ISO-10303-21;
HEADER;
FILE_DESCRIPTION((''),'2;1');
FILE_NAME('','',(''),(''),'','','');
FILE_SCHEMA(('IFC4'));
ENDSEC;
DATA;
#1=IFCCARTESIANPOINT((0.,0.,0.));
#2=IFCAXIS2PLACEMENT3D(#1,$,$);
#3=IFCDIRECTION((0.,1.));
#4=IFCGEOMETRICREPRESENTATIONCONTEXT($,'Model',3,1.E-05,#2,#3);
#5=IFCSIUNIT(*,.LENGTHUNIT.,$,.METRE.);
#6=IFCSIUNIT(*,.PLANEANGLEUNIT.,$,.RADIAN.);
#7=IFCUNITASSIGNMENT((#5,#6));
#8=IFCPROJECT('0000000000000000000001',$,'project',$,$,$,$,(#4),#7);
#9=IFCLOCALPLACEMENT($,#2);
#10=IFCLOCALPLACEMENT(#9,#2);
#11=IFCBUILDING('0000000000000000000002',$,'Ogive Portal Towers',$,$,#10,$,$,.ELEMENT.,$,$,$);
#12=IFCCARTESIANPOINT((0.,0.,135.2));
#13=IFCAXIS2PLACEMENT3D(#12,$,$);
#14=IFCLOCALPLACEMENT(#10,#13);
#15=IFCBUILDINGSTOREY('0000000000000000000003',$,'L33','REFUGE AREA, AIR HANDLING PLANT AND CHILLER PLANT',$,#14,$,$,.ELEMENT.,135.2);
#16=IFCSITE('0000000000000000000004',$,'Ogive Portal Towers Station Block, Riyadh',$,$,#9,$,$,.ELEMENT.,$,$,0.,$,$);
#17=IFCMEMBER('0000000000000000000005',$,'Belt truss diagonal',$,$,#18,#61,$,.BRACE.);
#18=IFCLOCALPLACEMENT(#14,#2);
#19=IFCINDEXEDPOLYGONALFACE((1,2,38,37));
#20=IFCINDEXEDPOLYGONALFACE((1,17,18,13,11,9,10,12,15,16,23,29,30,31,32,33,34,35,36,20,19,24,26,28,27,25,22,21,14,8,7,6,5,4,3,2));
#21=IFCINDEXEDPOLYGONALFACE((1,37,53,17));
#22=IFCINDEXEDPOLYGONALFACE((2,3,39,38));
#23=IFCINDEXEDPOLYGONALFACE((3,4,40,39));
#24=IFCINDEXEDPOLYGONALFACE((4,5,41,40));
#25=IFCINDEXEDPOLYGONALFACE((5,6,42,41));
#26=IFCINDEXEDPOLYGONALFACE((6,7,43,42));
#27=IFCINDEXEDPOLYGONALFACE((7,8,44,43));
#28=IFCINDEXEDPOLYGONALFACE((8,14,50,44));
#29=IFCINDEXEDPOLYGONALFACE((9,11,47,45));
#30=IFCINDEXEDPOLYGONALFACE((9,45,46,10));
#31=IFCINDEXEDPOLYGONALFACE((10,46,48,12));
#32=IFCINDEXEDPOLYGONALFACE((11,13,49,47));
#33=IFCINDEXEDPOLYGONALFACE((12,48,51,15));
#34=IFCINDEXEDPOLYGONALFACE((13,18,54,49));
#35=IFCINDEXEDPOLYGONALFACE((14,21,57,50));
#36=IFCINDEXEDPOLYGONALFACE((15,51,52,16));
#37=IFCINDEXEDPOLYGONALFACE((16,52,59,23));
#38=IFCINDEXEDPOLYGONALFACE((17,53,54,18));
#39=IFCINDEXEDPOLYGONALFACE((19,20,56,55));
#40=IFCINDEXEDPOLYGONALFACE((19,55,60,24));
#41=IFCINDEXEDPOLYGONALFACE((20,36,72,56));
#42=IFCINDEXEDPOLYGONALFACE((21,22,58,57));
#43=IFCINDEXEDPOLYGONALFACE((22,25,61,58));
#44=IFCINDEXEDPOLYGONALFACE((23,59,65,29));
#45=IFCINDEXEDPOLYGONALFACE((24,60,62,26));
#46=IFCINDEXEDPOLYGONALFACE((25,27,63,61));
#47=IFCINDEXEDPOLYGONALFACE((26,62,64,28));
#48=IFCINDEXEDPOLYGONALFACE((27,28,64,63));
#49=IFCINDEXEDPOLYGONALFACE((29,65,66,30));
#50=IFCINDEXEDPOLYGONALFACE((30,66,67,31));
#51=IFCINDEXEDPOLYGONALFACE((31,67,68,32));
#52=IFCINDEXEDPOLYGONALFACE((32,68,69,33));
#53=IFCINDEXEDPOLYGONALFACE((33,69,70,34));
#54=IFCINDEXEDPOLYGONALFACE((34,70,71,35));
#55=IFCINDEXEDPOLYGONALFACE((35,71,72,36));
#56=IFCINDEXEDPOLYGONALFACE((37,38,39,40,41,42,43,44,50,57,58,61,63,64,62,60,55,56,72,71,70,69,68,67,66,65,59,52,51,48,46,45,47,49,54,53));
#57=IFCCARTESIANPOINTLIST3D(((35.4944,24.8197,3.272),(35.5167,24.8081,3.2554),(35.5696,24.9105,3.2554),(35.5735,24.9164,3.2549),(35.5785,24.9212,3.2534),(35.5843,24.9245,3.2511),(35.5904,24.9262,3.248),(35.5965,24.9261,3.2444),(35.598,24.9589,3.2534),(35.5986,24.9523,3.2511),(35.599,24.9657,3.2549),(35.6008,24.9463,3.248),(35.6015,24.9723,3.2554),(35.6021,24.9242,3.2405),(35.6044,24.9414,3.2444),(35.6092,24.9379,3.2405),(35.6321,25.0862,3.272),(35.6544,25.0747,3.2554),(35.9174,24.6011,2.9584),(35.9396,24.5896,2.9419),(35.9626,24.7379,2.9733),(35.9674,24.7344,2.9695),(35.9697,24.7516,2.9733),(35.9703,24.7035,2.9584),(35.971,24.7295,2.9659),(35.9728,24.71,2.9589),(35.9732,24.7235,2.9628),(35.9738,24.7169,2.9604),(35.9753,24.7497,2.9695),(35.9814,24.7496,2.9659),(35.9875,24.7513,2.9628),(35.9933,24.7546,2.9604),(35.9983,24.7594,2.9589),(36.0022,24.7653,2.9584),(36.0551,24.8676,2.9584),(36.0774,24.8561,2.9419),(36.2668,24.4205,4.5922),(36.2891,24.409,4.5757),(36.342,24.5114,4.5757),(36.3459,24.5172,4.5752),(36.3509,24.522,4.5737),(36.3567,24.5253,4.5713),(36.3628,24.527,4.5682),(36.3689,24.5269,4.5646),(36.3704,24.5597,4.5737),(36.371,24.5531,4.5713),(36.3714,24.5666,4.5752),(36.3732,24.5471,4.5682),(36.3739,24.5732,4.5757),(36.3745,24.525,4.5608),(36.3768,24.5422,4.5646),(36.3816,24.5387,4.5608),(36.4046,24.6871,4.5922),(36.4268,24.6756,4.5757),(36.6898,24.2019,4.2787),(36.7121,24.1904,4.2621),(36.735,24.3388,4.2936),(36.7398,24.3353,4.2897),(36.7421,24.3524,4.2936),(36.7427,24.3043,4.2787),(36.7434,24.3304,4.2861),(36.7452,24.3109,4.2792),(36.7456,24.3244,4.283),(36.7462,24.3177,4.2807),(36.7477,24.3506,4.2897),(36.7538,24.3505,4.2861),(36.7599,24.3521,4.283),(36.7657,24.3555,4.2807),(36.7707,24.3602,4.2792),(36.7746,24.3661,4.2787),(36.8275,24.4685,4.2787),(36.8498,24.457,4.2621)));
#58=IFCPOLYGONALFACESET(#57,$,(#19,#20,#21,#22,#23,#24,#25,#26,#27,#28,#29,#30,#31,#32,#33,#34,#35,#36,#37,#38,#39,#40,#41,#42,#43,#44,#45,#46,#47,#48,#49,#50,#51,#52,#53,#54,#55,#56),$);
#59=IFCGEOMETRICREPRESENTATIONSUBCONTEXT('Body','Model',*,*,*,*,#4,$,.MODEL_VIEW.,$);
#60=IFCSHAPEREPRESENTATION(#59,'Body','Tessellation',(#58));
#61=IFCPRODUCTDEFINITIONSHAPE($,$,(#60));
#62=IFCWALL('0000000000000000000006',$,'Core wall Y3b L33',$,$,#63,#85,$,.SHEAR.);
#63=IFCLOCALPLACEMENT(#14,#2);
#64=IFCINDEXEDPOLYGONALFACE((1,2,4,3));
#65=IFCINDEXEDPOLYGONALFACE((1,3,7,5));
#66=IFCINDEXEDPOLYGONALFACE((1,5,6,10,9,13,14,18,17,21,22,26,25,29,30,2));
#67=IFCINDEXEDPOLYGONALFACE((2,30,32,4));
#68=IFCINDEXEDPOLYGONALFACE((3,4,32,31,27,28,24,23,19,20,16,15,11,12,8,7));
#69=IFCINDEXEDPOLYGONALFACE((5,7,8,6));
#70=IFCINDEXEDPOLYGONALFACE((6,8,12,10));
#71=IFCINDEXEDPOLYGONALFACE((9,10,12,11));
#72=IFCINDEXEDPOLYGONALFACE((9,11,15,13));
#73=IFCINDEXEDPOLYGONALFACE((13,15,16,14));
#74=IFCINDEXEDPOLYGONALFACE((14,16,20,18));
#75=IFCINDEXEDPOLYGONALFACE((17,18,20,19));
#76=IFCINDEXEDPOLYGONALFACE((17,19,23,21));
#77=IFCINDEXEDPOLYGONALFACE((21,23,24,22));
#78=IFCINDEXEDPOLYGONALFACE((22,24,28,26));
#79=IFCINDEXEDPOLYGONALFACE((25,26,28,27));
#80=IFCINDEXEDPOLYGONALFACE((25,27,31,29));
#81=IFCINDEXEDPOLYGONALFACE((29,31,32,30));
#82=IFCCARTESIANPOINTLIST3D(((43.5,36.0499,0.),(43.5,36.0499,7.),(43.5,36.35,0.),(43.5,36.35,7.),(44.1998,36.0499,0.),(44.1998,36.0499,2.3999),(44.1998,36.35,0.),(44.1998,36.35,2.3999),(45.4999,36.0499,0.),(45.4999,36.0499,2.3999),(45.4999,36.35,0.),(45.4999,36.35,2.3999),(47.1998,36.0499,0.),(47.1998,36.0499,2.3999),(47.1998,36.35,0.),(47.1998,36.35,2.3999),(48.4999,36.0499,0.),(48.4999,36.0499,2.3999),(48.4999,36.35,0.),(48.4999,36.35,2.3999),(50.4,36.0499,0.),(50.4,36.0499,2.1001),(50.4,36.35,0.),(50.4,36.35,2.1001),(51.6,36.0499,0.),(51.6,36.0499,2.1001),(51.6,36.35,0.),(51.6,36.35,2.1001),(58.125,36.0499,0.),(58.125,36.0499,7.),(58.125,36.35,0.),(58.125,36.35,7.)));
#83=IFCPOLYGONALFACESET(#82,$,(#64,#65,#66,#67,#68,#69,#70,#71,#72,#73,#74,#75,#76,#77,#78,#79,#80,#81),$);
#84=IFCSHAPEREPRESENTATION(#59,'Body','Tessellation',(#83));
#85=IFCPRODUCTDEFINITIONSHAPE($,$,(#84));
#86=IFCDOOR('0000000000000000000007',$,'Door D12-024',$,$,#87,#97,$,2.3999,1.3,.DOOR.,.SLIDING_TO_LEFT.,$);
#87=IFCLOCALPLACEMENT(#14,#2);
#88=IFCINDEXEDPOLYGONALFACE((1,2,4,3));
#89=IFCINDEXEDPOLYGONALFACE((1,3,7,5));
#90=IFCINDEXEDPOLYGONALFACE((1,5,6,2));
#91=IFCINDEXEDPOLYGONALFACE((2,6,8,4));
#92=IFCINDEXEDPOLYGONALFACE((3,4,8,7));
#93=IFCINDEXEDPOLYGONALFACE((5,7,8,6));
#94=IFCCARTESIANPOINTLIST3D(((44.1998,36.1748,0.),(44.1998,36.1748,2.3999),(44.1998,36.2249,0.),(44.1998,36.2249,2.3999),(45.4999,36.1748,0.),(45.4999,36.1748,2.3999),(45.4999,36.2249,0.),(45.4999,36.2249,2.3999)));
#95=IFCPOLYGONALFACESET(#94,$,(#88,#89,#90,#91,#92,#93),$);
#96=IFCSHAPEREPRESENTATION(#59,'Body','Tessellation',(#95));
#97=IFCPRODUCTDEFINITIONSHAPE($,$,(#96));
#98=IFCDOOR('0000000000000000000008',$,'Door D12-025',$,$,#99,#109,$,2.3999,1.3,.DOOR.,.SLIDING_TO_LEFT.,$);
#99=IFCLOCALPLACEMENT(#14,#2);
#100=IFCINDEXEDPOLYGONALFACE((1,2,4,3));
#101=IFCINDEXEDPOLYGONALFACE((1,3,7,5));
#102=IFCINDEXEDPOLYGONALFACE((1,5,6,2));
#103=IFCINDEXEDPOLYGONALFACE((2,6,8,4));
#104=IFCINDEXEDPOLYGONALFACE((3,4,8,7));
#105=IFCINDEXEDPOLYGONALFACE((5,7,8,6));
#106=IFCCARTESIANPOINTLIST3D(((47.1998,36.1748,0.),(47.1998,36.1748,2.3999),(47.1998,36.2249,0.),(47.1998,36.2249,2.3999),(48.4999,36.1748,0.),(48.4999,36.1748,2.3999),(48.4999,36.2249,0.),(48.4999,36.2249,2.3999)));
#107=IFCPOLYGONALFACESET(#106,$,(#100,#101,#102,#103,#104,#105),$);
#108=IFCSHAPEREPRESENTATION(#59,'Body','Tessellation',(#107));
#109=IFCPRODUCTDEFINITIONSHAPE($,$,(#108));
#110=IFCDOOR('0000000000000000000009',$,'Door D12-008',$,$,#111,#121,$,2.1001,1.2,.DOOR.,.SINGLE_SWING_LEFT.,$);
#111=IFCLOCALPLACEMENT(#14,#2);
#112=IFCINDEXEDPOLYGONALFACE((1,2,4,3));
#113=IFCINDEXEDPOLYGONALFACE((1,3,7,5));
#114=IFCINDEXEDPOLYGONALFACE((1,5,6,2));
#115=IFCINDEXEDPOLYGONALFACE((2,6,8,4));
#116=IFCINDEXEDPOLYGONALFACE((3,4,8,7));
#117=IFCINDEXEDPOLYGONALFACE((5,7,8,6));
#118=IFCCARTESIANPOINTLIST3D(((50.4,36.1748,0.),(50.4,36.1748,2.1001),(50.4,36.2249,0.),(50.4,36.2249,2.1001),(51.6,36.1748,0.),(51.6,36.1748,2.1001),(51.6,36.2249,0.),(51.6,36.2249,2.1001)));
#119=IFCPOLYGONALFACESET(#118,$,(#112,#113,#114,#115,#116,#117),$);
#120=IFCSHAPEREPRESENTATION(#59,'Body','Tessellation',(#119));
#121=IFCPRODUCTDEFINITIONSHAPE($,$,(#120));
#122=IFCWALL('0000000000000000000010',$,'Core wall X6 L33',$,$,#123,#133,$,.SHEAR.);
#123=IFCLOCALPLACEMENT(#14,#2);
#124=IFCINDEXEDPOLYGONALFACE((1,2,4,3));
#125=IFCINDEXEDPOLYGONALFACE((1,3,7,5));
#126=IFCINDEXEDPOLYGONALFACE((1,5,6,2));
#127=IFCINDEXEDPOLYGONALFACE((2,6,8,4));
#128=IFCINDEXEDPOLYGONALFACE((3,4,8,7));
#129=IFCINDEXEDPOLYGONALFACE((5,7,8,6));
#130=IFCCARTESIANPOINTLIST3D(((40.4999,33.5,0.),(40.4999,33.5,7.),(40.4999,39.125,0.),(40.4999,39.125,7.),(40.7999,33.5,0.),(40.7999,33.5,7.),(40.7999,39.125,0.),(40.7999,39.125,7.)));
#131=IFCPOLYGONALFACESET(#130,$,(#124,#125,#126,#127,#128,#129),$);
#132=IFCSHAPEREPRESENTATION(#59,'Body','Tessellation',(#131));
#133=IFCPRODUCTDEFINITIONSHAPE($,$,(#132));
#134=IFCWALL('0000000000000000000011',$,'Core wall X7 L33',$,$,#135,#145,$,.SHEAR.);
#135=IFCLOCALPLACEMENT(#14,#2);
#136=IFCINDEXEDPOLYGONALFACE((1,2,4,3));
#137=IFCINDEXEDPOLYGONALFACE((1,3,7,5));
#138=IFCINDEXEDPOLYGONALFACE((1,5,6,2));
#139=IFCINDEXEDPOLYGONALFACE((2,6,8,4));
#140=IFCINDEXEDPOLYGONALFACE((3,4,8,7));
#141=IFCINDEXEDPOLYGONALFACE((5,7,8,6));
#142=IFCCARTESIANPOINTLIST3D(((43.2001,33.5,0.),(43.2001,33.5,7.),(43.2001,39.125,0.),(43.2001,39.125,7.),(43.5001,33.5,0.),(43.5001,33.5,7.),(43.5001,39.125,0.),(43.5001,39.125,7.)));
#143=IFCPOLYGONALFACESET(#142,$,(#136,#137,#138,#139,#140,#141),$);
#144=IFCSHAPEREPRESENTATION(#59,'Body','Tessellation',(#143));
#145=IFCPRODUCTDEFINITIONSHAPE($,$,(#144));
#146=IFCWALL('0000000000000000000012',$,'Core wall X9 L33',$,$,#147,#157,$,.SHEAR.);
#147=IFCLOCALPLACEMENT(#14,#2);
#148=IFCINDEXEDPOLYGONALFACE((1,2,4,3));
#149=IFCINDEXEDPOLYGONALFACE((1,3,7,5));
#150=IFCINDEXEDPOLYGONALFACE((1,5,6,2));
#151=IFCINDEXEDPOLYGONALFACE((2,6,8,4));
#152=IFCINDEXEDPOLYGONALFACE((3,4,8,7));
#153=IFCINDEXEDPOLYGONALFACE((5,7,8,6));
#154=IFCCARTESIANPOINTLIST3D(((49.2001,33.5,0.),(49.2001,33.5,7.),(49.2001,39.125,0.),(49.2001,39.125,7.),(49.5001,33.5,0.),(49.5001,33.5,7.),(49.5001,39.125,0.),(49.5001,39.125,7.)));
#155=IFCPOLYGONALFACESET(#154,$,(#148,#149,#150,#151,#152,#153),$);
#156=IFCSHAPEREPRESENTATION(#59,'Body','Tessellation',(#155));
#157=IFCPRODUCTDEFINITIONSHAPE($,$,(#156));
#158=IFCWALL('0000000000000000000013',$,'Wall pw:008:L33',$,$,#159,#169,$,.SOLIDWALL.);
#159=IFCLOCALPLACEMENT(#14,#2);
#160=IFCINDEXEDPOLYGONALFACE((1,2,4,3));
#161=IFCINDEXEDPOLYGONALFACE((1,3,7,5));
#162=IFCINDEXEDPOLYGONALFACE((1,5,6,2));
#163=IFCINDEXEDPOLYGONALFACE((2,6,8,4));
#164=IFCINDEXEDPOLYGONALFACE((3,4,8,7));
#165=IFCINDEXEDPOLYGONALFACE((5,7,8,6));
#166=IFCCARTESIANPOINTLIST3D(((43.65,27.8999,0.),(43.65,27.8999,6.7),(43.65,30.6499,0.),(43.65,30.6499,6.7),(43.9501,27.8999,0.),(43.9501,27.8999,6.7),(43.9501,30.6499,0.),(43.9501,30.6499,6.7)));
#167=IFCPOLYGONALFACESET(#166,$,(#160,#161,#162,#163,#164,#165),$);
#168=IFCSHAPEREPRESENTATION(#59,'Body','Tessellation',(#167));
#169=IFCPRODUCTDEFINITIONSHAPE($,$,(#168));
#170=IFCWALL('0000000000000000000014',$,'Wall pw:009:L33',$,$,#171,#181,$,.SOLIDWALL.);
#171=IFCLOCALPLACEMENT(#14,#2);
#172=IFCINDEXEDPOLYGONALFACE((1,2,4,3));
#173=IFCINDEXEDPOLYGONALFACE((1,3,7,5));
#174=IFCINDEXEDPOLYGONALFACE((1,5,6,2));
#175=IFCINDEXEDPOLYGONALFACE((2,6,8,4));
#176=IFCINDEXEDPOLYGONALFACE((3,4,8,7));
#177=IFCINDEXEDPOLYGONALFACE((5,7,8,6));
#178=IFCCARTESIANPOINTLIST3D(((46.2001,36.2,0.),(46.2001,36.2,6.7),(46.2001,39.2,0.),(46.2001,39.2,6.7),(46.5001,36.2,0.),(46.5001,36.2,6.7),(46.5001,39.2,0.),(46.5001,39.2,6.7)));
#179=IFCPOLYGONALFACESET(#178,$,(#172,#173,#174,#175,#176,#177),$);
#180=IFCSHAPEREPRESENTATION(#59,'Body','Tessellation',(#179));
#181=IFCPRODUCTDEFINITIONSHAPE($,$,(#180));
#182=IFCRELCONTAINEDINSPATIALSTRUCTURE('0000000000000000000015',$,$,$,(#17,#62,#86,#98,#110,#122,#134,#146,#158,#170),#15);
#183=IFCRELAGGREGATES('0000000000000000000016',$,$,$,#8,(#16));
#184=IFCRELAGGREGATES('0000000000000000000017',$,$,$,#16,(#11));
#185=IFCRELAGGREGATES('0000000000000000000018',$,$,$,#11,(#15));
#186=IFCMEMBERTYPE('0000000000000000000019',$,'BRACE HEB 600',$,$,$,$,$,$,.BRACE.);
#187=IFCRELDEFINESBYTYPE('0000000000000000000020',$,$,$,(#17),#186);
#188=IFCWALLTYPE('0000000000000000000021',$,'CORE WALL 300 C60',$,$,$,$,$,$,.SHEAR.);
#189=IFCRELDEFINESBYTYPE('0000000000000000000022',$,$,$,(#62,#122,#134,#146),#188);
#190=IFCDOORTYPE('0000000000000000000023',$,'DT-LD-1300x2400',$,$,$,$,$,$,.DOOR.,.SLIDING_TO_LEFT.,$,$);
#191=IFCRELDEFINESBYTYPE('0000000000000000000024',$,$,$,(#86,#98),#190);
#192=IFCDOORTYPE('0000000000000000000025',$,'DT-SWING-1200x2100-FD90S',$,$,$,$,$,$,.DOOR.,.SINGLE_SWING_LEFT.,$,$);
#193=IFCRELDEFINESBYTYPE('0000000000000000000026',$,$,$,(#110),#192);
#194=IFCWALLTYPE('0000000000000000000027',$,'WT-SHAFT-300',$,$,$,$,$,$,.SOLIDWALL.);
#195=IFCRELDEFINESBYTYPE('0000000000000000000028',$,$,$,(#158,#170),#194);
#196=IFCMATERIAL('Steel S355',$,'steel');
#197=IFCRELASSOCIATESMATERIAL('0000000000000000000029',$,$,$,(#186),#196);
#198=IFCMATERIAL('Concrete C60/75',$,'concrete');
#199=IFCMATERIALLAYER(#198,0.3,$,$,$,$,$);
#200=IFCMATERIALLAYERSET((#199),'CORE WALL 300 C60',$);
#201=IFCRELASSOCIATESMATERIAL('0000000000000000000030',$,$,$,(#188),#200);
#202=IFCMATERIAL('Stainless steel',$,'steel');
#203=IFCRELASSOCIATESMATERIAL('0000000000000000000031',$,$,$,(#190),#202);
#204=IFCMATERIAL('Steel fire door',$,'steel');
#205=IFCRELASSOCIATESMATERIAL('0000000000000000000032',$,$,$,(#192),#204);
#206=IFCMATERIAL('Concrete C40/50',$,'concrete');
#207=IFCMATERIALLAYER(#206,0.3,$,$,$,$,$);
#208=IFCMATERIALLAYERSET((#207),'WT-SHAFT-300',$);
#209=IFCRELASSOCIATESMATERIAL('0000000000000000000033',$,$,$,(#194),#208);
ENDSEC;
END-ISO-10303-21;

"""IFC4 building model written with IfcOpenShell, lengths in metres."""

from ifc_helpers import new_model, si_unit, direction, frame, frame_2d, origin, origin_2d, place, context, subcontext, project, spatial, rectangle, i_section, extrude, material, layer, layer_set, material_profile, profile_set, type_object, element, fill, save


model = new_model("IFC4")

# Units and contexts
model_context = context("Model", 3, precision=1e-05, world=origin(), true_north=direction((0.0, 1.0)))
body_context = subcontext(model_context, "Body", "Model", "MODEL_VIEW")
ifc_project = project(units=[si_unit("LENGTHUNIT", "METRE"), si_unit("PLANEANGLEUNIT", "RADIAN")], contexts=[model_context])

# Site, building, storey
site_placement = place(None, origin())
site = spatial("IfcSite", under=ifc_project, at=site_placement, Name="Ogive Portal Towers Station Block, Riyadh", CompositionType="ELEMENT", RefElevation=0.0)
building_placement = place(site_placement, origin())
building = spatial("IfcBuilding", under=site, at=building_placement, Name="Ogive Portal Towers", CompositionType="ELEMENT")
storey_placement = place(building_placement, frame((0.0, 0.0, 135.2)))
storey = spatial("IfcBuildingStorey", under=building, at=storey_placement, Name="L33", Description="REFUGE AREA, AIR HANDLING PLANT AND CHILLER PLANT", CompositionType="ELEMENT", Elevation=135.2)

# Member
ifc_material_1 = material(Name="Steel S355", Category="steel")
ifc_material_profile = material_profile(ifc_material_1, i_section(OverallWidth=0.3, OverallDepth=0.6001, WebThickness=0.0154, FlangeThickness=0.03, FilletRadius=0.0271, at=origin_2d()), Name="HEB 600")
ifc_profile_set = profile_set([ifc_material_profile], Name="Steel S355")
member_type = type_object("IfcMemberType", Name="BRACE HEB 600", PredefinedType="BRACE", material=ifc_profile_set)
member_placement = place(storey_placement, frame((35.7859, 24.8379, 3.1069), z_axis=(0.48862, -0.252495, 0.835163), x_axis=(0.459079, 0.888395, 0.0)))
element("IfcMember", 1, at=member_placement, inside=storey, type_object=member_type, Name="Belt truss diagonal", PredefinedType="BRACE", context=body_context, shape_type="SweptSolid", body=[
    extrude(i_section(OverallWidth=0.3, OverallDepth=0.6001, WebThickness=0.0154, FlangeThickness=0.03, FilletRadius=0.0271, at=origin_2d()), origin(), (0.0, 0.0, 1.0), 1.5808),
])

# Wall, openings, doors
ifc_material_2 = material(Name="Concrete C60/75", Category="concrete")
ifc_layer_1 = layer(ifc_material_2, 0.3)
ifc_layer_set_1 = layer_set([ifc_layer_1], Name="CORE WALL 300 C60")
wall_type_1 = type_object("IfcWallType", Name="CORE WALL 300 C60", PredefinedType="SHEAR", material=ifc_layer_set_1)
wall_1_placement = place(storey_placement, frame((43.5, 36.2, 0.0), z_axis=(0.0, 0.0, 1.0), x_axis=(1.0, 0.0, 0.0)))
wall_1 = element("IfcWall", 2, at=wall_1_placement, inside=storey, type_object=wall_type_1, Name="Core wall Y3b L33", PredefinedType="SHEAR", context=body_context, shape_type="SweptSolid", body=[
    extrude(rectangle(XDim=14.625, YDim=0.3, at=frame_2d((7.3125, 0.0))), origin(), (0.0, 0.0, 1.0), 7.0),
])
opening_1_placement = place(wall_1_placement, frame((6.8999, 0.0, 0.0)))
opening_1 = element("IfcOpeningElement", 3, at=opening_1_placement, cuts=wall_1, PredefinedType="OPENING", context=body_context, shape_type="SweptSolid", body=[
    extrude(rectangle(XDim=1.2, YDim=2.1001, at=frame_2d((0.6001, 1.05))), frame((0.0, 0.1602, 0.0), z_axis=(0.0, -1.0, 0.0), x_axis=(1.0, 0.0, 0.0)), (0.0, 0.0, 1.0), 0.3201),
])
opening_2_placement = place(wall_1_placement, frame((0.7, 0.0, 0.0)))
opening_2 = element("IfcOpeningElement", 4, at=opening_2_placement, cuts=wall_1, PredefinedType="OPENING", context=body_context, shape_type="SweptSolid", body=[
    extrude(rectangle(XDim=1.3, YDim=2.3999, at=frame_2d((0.6499, 1.2))), frame((0.0, 0.1602, 0.0), z_axis=(0.0, -1.0, 0.0), x_axis=(1.0, 0.0, 0.0)), (0.0, 0.0, 1.0), 0.3201),
])
opening_3_placement = place(wall_1_placement, frame((3.7, 0.0, 0.0)))
opening_3 = element("IfcOpeningElement", 5, at=opening_3_placement, cuts=wall_1, PredefinedType="OPENING", context=body_context, shape_type="SweptSolid", body=[
    extrude(rectangle(XDim=1.3, YDim=2.3999, at=frame_2d((0.6499, 1.2))), frame((0.0, 0.1602, 0.0), z_axis=(0.0, -1.0, 0.0), x_axis=(1.0, 0.0, 0.0)), (0.0, 0.0, 1.0), 0.3201),
])
ifc_material_3 = material(Name="Stainless steel", Category="steel")
door_type_1 = type_object("IfcDoorType", Name="DT-LD-1300x2400", OperationType="SLIDING_TO_LEFT", PredefinedType="DOOR", material=ifc_material_3)
door_1_placement = place(opening_2_placement, origin())
door_1 = element("IfcDoor", 6, at=door_1_placement, inside=storey, type_object=door_type_1, Name="Door D12-024", OperationType="SLIDING_TO_LEFT", OverallHeight=2.3999, OverallWidth=1.3, PredefinedType="DOOR", context=body_context, shape_type="SweptSolid", body=[
    extrude(rectangle(XDim=1.3, YDim=2.3999, at=frame_2d((0.6499, 1.2))), frame((0.0, 0.0249, 0.0), z_axis=(0.0, -1.0, 0.0), x_axis=(1.0, 0.0, 0.0)), (0.0, 0.0, 1.0), 0.05),
])
fill(opening_2, door_1)
door_2_placement = place(opening_3_placement, origin())
door_2 = element("IfcDoor", 7, at=door_2_placement, inside=storey, type_object=door_type_1, Name="Door D12-025", OperationType="SLIDING_TO_LEFT", OverallHeight=2.3999, OverallWidth=1.3, PredefinedType="DOOR", context=body_context, shape_type="SweptSolid", body=[
    extrude(rectangle(XDim=1.3, YDim=2.3999, at=frame_2d((0.6499, 1.2))), frame((0.0, 0.0249, 0.0), z_axis=(0.0, -1.0, 0.0), x_axis=(1.0, 0.0, 0.0)), (0.0, 0.0, 1.0), 0.05),
])
fill(opening_3, door_2)
ifc_material_4 = material(Name="Steel fire door", Category="steel")
door_type_2 = type_object("IfcDoorType", Name="DT-SWING-1200x2100-FD90S", OperationType="SINGLE_SWING_LEFT", PredefinedType="DOOR", material=ifc_material_4)
door_3_placement = place(opening_1_placement, origin())
door_3 = element("IfcDoor", 8, at=door_3_placement, inside=storey, type_object=door_type_2, Name="Door D12-008", OperationType="SINGLE_SWING_LEFT", OverallHeight=2.1001, OverallWidth=1.2, PredefinedType="DOOR", context=body_context, shape_type="SweptSolid", body=[
    extrude(rectangle(XDim=1.2, YDim=2.1001, at=frame_2d((0.6001, 1.05))), frame((0.0, 0.0249, 0.0), z_axis=(0.0, -1.0, 0.0), x_axis=(1.0, 0.0, 0.0)), (0.0, 0.0, 1.0), 0.05),
])
fill(opening_1, door_3)

# Walls
for number, where, z_axis, x_axis, name in (
    (9, (40.6499, 33.5, 0.0), (0.0, 0.0, 1.0), (0.0, 1.0, 0.0), "Core wall X6 L33"),
    (10, (43.3501, 33.5, 0.0), (0.0, 0.0, 1.0), (0.0, 1.0, 0.0), "Core wall X7 L33"),
    (11, (49.3501, 33.5, 0.0), (0.0, 0.0, 1.0), (0.0, 1.0, 0.0), "Core wall X9 L33"),
):
    element("IfcWall", number, at=place(storey_placement, frame(where, z_axis=z_axis, x_axis=x_axis)), inside=storey, type_object=wall_type_1, Name=name, PredefinedType="SHEAR", context=body_context, shape_type="SweptSolid", body=[
        extrude(rectangle(XDim=5.625, YDim=0.3, at=frame_2d((2.8125, 0.0))), origin(), (0.0, 0.0, 1.0), 7.0),
    ])

# Shared definitions
ifc_material_5 = material(Name="Concrete C40/50", Category="concrete")
ifc_layer_2 = layer(ifc_material_5, 0.3)
ifc_layer_set_2 = layer_set([ifc_layer_2], Name="WT-SHAFT-300")
wall_type_2 = type_object("IfcWallType", Name="WT-SHAFT-300", PredefinedType="SOLIDWALL", material=ifc_layer_set_2)

# Walls
wall_2_placement = place(storey_placement, frame((43.8, 27.8999, 0.0), z_axis=(0.0, 0.0, 1.0), x_axis=(0.0, 1.0, 0.0)))
element("IfcWall", 12, at=wall_2_placement, inside=storey, type_object=wall_type_2, Name="Wall pw:008:L33", PredefinedType="SOLIDWALL", context=body_context, shape_type="SweptSolid", body=[
    extrude(rectangle(XDim=2.75, YDim=0.3, at=frame_2d((1.375, 0.0))), origin(), (0.0, 0.0, 1.0), 6.7),
])
wall_3_placement = place(storey_placement, frame((46.3501, 36.2, 0.0), z_axis=(0.0, 0.0, 1.0), x_axis=(0.0, 1.0, 0.0)))
element("IfcWall", 13, at=wall_3_placement, inside=storey, type_object=wall_type_2, Name="Wall pw:009:L33", PredefinedType="SOLIDWALL", context=body_context, shape_type="SweptSolid", body=[
    extrude(rectangle(XDim=3.0, YDim=0.3, at=frame_2d((1.5, 0.0))), origin(), (0.0, 0.0, 1.0), 6.7),
])

save(model, "model.ifc")
